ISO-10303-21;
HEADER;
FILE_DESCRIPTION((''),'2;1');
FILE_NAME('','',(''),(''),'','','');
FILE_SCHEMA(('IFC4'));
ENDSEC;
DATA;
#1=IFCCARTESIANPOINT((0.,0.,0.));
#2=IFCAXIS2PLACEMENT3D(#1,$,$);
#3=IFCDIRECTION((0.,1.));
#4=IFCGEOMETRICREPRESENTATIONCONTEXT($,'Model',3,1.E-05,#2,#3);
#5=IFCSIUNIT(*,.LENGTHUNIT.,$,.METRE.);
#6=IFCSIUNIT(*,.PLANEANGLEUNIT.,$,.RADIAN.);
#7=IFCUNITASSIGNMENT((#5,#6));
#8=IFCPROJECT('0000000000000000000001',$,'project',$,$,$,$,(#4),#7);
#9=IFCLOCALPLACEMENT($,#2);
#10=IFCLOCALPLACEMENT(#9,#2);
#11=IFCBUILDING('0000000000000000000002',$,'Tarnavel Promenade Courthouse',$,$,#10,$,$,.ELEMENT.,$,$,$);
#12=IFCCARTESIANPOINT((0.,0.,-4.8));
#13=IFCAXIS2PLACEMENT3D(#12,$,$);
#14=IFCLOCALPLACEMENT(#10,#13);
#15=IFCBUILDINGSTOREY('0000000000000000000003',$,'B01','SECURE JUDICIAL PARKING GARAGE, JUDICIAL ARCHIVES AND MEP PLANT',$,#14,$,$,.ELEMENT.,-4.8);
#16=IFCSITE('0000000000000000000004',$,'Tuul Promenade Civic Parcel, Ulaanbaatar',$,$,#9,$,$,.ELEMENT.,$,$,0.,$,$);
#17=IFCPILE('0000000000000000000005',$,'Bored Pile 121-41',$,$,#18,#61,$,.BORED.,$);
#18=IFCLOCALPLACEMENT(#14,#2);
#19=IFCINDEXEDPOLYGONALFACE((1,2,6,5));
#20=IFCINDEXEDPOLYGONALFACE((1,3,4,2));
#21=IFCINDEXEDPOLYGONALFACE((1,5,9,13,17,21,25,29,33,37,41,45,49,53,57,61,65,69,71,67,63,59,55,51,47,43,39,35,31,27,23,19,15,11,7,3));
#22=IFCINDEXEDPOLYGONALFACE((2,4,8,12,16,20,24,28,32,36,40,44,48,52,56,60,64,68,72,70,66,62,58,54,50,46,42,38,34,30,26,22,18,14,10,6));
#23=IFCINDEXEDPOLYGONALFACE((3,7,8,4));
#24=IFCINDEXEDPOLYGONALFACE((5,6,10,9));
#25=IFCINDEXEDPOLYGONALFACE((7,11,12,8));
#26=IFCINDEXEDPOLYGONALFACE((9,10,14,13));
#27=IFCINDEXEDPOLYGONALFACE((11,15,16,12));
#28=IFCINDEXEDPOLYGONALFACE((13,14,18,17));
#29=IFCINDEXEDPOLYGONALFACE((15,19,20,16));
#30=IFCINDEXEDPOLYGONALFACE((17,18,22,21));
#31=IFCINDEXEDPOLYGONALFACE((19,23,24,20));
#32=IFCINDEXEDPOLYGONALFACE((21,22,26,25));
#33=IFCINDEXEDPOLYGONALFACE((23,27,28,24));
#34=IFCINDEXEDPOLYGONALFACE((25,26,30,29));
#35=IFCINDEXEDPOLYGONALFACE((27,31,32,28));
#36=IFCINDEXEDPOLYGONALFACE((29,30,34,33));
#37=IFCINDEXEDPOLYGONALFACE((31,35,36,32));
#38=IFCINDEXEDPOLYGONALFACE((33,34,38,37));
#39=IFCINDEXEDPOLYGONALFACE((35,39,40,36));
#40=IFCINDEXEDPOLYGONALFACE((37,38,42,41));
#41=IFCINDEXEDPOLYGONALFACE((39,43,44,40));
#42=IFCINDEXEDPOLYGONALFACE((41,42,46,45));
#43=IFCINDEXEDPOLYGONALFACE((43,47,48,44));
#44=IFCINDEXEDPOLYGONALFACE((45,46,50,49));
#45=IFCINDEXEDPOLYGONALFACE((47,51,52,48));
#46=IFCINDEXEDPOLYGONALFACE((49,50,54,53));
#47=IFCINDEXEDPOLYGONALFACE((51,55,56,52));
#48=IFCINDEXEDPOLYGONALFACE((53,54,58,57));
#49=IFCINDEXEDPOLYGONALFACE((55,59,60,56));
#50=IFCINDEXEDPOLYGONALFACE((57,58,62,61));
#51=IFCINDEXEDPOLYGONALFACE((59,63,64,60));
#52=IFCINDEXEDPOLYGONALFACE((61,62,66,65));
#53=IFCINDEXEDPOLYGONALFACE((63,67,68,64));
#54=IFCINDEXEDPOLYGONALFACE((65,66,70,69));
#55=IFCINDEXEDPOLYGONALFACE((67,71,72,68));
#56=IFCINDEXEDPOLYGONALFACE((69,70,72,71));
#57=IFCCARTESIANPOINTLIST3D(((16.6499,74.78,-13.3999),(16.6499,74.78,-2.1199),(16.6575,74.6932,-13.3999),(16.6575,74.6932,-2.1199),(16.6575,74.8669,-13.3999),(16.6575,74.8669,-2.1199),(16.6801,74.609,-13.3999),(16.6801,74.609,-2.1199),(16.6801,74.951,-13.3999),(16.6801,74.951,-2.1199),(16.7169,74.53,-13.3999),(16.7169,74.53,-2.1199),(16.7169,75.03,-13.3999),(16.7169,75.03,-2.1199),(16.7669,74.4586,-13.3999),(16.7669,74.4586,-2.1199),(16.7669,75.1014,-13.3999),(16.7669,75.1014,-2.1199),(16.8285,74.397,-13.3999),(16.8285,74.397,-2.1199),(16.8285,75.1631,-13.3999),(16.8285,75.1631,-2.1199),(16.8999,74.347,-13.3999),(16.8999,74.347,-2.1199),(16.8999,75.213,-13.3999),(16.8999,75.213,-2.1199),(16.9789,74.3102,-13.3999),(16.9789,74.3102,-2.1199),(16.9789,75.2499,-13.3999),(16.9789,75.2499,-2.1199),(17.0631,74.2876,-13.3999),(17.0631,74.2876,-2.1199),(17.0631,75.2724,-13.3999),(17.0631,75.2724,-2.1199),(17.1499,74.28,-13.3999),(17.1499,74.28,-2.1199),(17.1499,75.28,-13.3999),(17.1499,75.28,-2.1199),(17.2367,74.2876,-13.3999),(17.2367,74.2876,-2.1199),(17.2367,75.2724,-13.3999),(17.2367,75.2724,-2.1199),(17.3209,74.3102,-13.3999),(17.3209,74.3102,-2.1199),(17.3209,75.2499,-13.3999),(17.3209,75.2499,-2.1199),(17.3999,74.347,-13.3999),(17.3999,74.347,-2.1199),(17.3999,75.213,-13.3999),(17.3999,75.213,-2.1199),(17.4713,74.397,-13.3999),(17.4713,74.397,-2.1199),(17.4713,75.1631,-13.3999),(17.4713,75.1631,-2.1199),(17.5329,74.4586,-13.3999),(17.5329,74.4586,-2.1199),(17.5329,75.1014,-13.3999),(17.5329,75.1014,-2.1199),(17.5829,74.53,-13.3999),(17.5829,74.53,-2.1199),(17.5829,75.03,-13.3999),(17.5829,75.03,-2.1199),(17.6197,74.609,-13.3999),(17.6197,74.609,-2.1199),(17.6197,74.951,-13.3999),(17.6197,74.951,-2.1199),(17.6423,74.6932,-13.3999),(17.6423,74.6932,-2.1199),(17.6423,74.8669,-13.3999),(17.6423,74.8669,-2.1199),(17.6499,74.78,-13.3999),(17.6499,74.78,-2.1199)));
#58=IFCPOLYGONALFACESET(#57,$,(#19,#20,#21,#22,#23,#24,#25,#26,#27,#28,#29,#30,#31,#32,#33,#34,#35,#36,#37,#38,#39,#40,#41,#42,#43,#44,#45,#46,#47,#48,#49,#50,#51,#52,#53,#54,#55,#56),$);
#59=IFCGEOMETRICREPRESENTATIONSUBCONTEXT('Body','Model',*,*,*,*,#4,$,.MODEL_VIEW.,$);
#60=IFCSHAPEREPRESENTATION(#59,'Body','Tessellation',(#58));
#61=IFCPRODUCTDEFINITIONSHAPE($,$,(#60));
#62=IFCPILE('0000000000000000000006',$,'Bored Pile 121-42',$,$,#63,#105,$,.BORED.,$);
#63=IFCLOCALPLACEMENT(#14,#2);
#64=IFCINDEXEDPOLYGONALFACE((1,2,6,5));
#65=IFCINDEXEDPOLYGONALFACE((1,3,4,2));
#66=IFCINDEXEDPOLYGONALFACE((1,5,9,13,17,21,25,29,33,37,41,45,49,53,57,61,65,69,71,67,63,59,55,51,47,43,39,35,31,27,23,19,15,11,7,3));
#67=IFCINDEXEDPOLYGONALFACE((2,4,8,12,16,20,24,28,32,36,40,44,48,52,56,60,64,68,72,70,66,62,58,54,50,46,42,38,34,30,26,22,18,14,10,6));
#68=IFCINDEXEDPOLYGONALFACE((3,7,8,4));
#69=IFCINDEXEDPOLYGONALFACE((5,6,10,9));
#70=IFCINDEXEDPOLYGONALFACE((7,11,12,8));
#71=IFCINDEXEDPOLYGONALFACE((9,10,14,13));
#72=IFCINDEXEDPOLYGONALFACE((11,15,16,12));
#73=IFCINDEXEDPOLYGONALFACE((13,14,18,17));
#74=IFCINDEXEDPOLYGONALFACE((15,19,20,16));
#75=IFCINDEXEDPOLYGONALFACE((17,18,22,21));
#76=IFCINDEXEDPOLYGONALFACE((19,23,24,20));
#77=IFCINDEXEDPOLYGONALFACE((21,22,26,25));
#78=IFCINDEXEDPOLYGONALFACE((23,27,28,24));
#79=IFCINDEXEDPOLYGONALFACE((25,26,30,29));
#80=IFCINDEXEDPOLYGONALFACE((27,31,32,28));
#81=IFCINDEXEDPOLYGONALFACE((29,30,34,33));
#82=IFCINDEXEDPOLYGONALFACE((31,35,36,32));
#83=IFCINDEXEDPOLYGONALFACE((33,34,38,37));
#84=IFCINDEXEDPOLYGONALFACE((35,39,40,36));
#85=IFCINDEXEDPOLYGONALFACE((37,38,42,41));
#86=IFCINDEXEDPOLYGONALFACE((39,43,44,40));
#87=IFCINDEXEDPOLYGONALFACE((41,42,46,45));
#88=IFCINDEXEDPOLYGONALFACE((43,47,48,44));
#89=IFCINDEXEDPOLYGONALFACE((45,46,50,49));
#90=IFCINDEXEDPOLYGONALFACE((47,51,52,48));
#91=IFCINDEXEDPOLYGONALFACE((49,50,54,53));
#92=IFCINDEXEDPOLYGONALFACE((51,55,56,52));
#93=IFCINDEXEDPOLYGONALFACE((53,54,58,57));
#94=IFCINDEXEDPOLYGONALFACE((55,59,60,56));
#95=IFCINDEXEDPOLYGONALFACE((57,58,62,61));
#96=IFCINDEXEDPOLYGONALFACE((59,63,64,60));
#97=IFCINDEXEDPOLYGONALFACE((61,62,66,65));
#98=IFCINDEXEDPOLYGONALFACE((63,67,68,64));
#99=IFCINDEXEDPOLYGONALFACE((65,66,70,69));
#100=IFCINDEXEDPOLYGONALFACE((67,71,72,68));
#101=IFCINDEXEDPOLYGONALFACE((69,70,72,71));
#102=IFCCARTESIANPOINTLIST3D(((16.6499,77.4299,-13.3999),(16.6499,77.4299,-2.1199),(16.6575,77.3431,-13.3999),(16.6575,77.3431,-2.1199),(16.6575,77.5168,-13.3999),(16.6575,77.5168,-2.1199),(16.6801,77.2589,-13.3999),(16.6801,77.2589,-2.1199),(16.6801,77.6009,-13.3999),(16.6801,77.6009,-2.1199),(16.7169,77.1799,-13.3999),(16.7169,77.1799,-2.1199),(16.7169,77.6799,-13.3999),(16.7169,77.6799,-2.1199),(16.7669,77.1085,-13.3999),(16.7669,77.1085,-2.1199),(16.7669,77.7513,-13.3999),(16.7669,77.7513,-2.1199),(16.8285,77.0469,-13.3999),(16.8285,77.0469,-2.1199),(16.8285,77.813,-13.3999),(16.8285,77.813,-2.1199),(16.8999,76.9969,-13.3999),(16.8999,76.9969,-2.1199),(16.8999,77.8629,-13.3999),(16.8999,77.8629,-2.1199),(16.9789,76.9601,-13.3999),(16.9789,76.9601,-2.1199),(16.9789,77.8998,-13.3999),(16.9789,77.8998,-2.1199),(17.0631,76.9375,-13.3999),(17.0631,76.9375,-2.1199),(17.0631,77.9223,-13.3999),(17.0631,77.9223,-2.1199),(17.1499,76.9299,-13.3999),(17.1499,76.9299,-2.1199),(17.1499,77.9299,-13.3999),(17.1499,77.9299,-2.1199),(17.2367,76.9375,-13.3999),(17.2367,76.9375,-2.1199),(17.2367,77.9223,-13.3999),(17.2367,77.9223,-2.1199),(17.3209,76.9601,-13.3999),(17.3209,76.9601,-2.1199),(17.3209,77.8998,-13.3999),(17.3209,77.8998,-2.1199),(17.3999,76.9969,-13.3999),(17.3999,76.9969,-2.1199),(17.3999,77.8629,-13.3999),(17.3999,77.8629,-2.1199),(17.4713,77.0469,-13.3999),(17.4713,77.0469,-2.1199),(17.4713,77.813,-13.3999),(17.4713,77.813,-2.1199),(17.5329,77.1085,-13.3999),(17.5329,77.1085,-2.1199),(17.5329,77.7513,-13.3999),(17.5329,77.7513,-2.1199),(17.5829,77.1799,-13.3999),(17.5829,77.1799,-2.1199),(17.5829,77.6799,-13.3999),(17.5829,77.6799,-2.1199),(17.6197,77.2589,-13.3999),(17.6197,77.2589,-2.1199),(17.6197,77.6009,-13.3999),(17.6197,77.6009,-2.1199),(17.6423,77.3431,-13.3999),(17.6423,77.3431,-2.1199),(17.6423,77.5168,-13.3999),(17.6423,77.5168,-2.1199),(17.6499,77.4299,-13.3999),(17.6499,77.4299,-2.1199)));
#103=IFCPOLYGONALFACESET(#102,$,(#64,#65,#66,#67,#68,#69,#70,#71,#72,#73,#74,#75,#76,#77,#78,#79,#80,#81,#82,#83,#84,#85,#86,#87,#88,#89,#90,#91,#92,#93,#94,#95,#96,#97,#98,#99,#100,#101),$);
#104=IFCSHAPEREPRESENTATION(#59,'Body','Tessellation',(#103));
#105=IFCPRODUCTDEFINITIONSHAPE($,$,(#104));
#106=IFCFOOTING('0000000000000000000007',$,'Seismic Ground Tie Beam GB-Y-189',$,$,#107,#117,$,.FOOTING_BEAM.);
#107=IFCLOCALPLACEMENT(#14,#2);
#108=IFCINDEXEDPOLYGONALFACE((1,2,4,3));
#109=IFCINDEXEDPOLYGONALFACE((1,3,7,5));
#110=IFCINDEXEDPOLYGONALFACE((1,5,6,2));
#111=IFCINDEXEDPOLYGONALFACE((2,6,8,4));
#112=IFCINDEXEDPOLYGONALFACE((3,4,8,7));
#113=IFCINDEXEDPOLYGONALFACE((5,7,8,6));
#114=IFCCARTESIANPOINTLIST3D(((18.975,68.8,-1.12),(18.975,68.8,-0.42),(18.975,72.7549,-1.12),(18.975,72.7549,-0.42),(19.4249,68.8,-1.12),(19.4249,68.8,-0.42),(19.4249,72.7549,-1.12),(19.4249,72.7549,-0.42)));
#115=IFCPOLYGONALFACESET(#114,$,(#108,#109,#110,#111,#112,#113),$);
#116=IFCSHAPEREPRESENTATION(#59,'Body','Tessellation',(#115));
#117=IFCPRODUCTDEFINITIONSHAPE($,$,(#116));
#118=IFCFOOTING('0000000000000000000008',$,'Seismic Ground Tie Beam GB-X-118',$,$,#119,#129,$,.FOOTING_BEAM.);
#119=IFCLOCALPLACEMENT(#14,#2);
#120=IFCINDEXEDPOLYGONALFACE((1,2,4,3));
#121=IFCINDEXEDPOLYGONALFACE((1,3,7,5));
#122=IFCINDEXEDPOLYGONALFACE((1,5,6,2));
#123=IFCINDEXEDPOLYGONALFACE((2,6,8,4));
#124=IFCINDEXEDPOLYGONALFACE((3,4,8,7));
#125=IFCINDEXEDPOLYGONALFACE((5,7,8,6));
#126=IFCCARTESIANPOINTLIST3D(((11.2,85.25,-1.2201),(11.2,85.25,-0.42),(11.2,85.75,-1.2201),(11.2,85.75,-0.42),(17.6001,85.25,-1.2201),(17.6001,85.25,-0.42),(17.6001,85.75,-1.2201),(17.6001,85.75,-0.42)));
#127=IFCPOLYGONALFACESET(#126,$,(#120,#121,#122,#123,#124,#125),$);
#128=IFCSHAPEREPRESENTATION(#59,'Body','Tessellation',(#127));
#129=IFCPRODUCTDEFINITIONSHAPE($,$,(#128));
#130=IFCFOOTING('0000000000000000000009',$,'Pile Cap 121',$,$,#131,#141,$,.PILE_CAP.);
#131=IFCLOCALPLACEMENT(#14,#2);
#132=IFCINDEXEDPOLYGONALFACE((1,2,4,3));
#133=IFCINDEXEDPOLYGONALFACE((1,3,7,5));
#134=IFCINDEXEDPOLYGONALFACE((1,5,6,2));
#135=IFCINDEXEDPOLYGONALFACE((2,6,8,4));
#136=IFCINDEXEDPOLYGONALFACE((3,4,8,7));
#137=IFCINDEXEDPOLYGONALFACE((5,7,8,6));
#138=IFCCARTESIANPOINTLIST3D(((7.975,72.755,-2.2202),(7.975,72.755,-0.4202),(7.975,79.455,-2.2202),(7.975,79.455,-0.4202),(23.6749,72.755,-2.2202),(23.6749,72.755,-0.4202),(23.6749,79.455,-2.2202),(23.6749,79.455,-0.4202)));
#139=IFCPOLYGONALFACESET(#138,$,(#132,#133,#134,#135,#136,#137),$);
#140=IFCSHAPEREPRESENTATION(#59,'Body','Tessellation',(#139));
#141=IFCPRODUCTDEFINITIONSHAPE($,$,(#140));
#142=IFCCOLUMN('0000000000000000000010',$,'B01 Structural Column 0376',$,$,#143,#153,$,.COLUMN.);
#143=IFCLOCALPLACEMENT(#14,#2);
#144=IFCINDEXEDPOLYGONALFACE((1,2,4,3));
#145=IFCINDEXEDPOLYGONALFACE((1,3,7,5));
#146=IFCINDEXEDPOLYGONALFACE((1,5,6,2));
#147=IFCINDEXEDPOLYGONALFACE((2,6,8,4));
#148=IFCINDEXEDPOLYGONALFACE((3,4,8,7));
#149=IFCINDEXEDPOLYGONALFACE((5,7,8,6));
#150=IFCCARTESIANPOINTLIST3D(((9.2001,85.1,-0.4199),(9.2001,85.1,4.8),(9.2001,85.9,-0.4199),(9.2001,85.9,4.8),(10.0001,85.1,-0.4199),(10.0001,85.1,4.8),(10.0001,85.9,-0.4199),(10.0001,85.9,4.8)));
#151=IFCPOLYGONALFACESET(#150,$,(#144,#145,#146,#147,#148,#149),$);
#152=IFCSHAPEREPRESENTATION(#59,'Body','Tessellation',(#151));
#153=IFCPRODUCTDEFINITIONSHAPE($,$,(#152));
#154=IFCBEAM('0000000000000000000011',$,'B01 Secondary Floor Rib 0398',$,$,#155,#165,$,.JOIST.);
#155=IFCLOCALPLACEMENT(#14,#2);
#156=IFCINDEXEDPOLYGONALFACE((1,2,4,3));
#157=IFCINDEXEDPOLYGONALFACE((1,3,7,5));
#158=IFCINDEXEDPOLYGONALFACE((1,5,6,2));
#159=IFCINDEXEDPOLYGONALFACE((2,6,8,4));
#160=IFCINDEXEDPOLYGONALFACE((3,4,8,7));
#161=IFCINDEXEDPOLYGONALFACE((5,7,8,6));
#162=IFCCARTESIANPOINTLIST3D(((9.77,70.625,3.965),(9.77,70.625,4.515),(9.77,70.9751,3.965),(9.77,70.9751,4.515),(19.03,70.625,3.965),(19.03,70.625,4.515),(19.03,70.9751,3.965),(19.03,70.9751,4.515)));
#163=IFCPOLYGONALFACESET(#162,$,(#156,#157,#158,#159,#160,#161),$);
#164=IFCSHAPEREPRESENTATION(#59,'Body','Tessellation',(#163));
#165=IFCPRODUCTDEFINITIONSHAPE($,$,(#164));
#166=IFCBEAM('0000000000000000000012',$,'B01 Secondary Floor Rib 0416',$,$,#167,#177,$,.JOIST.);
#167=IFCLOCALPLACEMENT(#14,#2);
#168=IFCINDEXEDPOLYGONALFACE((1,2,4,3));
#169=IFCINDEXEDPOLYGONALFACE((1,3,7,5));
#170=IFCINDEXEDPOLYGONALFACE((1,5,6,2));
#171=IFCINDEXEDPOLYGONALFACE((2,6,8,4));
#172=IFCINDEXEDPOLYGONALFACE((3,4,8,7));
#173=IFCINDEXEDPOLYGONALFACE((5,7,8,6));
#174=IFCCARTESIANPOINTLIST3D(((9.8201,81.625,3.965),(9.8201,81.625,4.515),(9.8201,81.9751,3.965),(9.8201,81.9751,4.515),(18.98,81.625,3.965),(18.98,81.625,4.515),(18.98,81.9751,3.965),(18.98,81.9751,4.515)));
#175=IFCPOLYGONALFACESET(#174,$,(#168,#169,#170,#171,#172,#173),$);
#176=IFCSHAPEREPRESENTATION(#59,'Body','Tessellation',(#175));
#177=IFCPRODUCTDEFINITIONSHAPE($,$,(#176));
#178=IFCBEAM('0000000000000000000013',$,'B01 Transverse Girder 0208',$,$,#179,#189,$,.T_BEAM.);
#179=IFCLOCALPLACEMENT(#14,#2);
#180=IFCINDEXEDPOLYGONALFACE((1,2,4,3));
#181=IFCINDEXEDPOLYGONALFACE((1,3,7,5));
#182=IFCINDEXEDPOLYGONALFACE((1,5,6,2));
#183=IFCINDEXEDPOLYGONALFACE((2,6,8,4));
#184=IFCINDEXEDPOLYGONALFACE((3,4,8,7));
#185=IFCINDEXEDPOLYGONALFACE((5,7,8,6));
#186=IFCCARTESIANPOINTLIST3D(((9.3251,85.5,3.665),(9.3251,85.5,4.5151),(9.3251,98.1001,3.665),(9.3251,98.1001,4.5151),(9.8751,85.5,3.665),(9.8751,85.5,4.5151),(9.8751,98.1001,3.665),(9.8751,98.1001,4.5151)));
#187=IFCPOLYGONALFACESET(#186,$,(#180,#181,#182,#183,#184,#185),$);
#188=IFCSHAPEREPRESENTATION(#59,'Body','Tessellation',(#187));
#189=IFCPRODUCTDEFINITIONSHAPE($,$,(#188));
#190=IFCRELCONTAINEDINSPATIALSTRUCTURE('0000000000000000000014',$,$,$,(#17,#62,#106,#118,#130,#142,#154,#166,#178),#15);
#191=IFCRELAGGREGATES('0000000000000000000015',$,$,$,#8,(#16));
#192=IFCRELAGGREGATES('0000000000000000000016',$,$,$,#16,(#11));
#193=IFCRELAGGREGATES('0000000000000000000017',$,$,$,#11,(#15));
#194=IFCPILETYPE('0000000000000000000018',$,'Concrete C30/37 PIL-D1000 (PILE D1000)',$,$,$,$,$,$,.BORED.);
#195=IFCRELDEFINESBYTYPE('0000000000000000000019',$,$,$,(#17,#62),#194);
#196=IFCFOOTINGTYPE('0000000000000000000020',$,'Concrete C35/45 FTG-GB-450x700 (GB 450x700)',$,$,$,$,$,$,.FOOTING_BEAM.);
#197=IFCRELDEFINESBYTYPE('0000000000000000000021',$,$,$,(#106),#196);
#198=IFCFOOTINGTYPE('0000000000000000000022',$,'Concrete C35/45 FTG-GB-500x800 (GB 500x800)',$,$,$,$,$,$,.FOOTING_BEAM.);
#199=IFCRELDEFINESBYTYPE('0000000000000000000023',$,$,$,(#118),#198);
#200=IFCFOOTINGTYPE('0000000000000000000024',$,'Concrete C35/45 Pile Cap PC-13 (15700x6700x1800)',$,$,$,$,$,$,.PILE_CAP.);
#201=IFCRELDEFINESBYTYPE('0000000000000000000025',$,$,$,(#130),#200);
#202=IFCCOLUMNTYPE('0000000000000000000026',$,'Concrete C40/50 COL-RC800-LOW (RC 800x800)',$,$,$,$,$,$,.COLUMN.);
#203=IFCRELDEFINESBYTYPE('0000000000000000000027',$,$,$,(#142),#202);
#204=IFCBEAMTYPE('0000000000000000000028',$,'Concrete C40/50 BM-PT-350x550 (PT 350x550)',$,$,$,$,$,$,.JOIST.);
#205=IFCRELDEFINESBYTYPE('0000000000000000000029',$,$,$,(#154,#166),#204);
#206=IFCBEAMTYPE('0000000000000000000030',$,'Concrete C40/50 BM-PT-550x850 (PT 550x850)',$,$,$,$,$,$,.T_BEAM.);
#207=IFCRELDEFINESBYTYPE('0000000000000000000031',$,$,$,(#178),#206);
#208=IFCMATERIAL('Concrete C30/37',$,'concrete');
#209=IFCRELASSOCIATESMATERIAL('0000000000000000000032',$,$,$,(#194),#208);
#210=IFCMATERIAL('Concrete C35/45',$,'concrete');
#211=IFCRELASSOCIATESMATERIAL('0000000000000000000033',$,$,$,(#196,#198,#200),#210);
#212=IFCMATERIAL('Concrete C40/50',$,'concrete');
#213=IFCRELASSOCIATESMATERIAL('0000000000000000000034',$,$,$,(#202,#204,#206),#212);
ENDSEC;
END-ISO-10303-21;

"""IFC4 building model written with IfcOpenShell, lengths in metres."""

from ifc_helpers import new_model, si_unit, direction, frame, origin, origin_2d, place, context, subcontext, project, spatial, rectangle, circle, extrude, material, material_profile, profile_set, type_object, element, save


model = new_model("IFC4")

# Units and contexts
model_context = context("Model", 3, precision=1e-05, world=origin(), true_north=direction((0.0, 1.0)))
body_context = subcontext(model_context, "Body", "Model", "MODEL_VIEW")
ifc_project = project(units=[si_unit("LENGTHUNIT", "METRE"), si_unit("PLANEANGLEUNIT", "RADIAN")], contexts=[model_context])

# Site, building, storey
site_placement = place(None, origin())
site = spatial("IfcSite", under=ifc_project, at=site_placement, Name="Tuul Promenade Civic Parcel, Ulaanbaatar", CompositionType="ELEMENT", RefElevation=0.0)
building_placement = place(site_placement, origin())
building = spatial("IfcBuilding", under=site, at=building_placement, Name="Tarnavel Promenade Courthouse", CompositionType="ELEMENT")
storey_placement = place(building_placement, frame((0.0, 0.0, -4.8)))
storey = spatial("IfcBuildingStorey", under=building, at=storey_placement, Name="B01", Description="SECURE JUDICIAL PARKING GARAGE, JUDICIAL ARCHIVES AND MEP PLANT", CompositionType="ELEMENT", Elevation=-4.8)

# Piles
ifc_material_1 = material(Name="Concrete C30/37", Category="concrete")
ifc_material_profile_1 = material_profile(ifc_material_1, circle(Radius=0.5, at=origin_2d()), Name="PILE D1000")
ifc_profile_set_1 = profile_set([ifc_material_profile_1], Name="Concrete C30/37")
pile_type = type_object("IfcPileType", Name="Concrete C30/37 PIL-D1000 (PILE D1000)", PredefinedType="BORED", material=ifc_profile_set_1)
for number, where, z_axis, x_axis, name in (
    (1, (17.1499, 74.78, -2.1199), (0.0, 0.0, -1.0), (1.0, 0.0, 0.0), "Bored Pile 121-41"),
    (2, (17.1499, 77.4299, -2.1199), (0.0, 0.0, -1.0), (1.0, 0.0, 0.0), "Bored Pile 121-42"),
):
    element("IfcPile", number, at=place(storey_placement, frame(where, z_axis=z_axis, x_axis=x_axis)), inside=storey, type_object=pile_type, Name=name, PredefinedType="BORED", context=body_context, shape_type="SweptSolid", body=[
        extrude(circle(Radius=0.5, at=origin_2d()), origin(), (0.0, 0.0, 1.0), 11.28),
    ])

# Footings
ifc_material_2 = material(Name="Concrete C35/45", Category="concrete")
ifc_material_profile_2 = material_profile(ifc_material_2, rectangle(XDim=0.45, YDim=0.7, at=origin_2d()), Name="GB 450x700")
ifc_profile_set_2 = profile_set([ifc_material_profile_2], Name="Concrete C35/45")
footing_type_1 = type_object("IfcFootingType", Name="Concrete C35/45 FTG-GB-450x700 (GB 450x700)", PredefinedType="FOOTING_BEAM", material=ifc_profile_set_2)
footing_1_placement = place(storey_placement, frame((19.2, 68.8, -0.77), z_axis=(0.0, 1.0, 0.0), x_axis=(-1.0, 0.0, 0.0)))
element("IfcFooting", 3, at=footing_1_placement, inside=storey, type_object=footing_type_1, Name="Seismic Ground Tie Beam GB-Y-189", PredefinedType="FOOTING_BEAM", context=body_context, shape_type="SweptSolid", body=[
    extrude(rectangle(XDim=0.45, YDim=0.7, at=origin_2d()), origin(), (0.0, 0.0, 1.0), 3.9548),
])
ifc_material_profile_3 = material_profile(ifc_material_2, rectangle(XDim=0.5, YDim=0.8, at=origin_2d()), Name="GB 500x800")
ifc_profile_set_3 = profile_set([ifc_material_profile_3], Name="Concrete C35/45")
footing_type_2 = type_object("IfcFootingType", Name="Concrete C35/45 FTG-GB-500x800 (GB 500x800)", PredefinedType="FOOTING_BEAM", material=ifc_profile_set_3)
footing_2_placement = place(storey_placement, frame((11.2, 85.5, -0.8201), z_axis=(1.0, 0.0, 0.0), x_axis=(0.0, 1.0, 0.0)))
element("IfcFooting", 4, at=footing_2_placement, inside=storey, type_object=footing_type_2, Name="Seismic Ground Tie Beam GB-X-118", PredefinedType="FOOTING_BEAM", context=body_context, shape_type="SweptSolid", body=[
    extrude(rectangle(XDim=0.5, YDim=0.8, at=origin_2d()), origin(), (0.0, 0.0, 1.0), 6.4001),
])
footing_type_3 = type_object("IfcFootingType", Name="Concrete C35/45 Pile Cap PC-13 (15700x6700x1800)", PredefinedType="PILE_CAP", material=ifc_material_2)
footing_3_placement = place(storey_placement, frame((15.825, 76.105, -2.2202), z_axis=(0.0, 0.0, 1.0), x_axis=(1.0, 0.0, 0.0)))
element("IfcFooting", 5, at=footing_3_placement, inside=storey, type_object=footing_type_3, Name="Pile Cap 121", PredefinedType="PILE_CAP", context=body_context, shape_type="SweptSolid", body=[
    extrude(rectangle(XDim=15.7, YDim=6.7, at=origin_2d()), origin(), (0.0, 0.0, 1.0), 1.8),
])

# Column
ifc_material_3 = material(Name="Concrete C40/50", Category="concrete")
ifc_material_profile_4 = material_profile(ifc_material_3, rectangle(XDim=0.8, YDim=0.8, at=origin_2d()), Name="RC 800x800")
ifc_profile_set_4 = profile_set([ifc_material_profile_4], Name="Concrete C40/50")
column_type = type_object("IfcColumnType", Name="Concrete C40/50 COL-RC800-LOW (RC 800x800)", PredefinedType="COLUMN", material=ifc_profile_set_4)
column_placement = place(storey_placement, frame((9.6001, 85.5, -0.4199), z_axis=(0.0, 0.0, 1.0), x_axis=(1.0, 0.0, 0.0)))
element("IfcColumn", 6, at=column_placement, inside=storey, type_object=column_type, Name="B01 Structural Column 0376", PredefinedType="COLUMN", context=body_context, shape_type="SweptSolid", body=[
    extrude(rectangle(XDim=0.8, YDim=0.8, at=origin_2d()), origin(), (0.0, 0.0, 1.0), 5.22),
])

# Beams
ifc_material_profile_5 = material_profile(ifc_material_3, rectangle(XDim=0.3501, YDim=0.55, at=origin_2d()), Name="PT 350x550")
ifc_profile_set_5 = profile_set([ifc_material_profile_5], Name="Concrete C40/50")
beam_type_1 = type_object("IfcBeamType", Name="Concrete C40/50 BM-PT-350x550 (PT 350x550)", PredefinedType="JOIST", material=ifc_profile_set_5)
beam_1_placement = place(storey_placement, frame((9.77, 70.8, 4.24), z_axis=(1.0, 0.0, 0.0), x_axis=(0.0, 1.0, 0.0)))
element("IfcBeam", 7, at=beam_1_placement, inside=storey, type_object=beam_type_1, Name="B01 Secondary Floor Rib 0398", PredefinedType="JOIST", context=body_context, shape_type="SweptSolid", body=[
    extrude(rectangle(XDim=0.3501, YDim=0.55, at=origin_2d()), origin(), (0.0, 0.0, 1.0), 9.26),
])
beam_2_placement = place(storey_placement, frame((9.8201, 81.8, 4.24), z_axis=(1.0, 0.0, 0.0), x_axis=(0.0, 1.0, 0.0)))
element("IfcBeam", 8, at=beam_2_placement, inside=storey, type_object=beam_type_1, Name="B01 Secondary Floor Rib 0416", PredefinedType="JOIST", context=body_context, shape_type="SweptSolid", body=[
    extrude(rectangle(XDim=0.3501, YDim=0.55, at=origin_2d()), origin(), (0.0, 0.0, 1.0), 9.1599),
])
ifc_material_profile_6 = material_profile(ifc_material_3, rectangle(XDim=0.55, YDim=0.8501, at=origin_2d()), Name="PT 550x850")
ifc_profile_set_6 = profile_set([ifc_material_profile_6], Name="Concrete C40/50")
beam_type_2 = type_object("IfcBeamType", Name="Concrete C40/50 BM-PT-550x850 (PT 550x850)", PredefinedType="T_BEAM", material=ifc_profile_set_6)
beam_3_placement = place(storey_placement, frame((9.6001, 85.5, 4.0901), z_axis=(0.0, 1.0, 0.0), x_axis=(-1.0, 0.0, 0.0)))
element("IfcBeam", 9, at=beam_3_placement, inside=storey, type_object=beam_type_2, Name="B01 Transverse Girder 0208", PredefinedType="T_BEAM", context=body_context, shape_type="SweptSolid", body=[
    extrude(rectangle(XDim=0.55, YDim=0.8501, at=origin_2d()), origin(), (0.0, 0.0, 1.0), 12.6001),
])

save(model, "model.ifc")
